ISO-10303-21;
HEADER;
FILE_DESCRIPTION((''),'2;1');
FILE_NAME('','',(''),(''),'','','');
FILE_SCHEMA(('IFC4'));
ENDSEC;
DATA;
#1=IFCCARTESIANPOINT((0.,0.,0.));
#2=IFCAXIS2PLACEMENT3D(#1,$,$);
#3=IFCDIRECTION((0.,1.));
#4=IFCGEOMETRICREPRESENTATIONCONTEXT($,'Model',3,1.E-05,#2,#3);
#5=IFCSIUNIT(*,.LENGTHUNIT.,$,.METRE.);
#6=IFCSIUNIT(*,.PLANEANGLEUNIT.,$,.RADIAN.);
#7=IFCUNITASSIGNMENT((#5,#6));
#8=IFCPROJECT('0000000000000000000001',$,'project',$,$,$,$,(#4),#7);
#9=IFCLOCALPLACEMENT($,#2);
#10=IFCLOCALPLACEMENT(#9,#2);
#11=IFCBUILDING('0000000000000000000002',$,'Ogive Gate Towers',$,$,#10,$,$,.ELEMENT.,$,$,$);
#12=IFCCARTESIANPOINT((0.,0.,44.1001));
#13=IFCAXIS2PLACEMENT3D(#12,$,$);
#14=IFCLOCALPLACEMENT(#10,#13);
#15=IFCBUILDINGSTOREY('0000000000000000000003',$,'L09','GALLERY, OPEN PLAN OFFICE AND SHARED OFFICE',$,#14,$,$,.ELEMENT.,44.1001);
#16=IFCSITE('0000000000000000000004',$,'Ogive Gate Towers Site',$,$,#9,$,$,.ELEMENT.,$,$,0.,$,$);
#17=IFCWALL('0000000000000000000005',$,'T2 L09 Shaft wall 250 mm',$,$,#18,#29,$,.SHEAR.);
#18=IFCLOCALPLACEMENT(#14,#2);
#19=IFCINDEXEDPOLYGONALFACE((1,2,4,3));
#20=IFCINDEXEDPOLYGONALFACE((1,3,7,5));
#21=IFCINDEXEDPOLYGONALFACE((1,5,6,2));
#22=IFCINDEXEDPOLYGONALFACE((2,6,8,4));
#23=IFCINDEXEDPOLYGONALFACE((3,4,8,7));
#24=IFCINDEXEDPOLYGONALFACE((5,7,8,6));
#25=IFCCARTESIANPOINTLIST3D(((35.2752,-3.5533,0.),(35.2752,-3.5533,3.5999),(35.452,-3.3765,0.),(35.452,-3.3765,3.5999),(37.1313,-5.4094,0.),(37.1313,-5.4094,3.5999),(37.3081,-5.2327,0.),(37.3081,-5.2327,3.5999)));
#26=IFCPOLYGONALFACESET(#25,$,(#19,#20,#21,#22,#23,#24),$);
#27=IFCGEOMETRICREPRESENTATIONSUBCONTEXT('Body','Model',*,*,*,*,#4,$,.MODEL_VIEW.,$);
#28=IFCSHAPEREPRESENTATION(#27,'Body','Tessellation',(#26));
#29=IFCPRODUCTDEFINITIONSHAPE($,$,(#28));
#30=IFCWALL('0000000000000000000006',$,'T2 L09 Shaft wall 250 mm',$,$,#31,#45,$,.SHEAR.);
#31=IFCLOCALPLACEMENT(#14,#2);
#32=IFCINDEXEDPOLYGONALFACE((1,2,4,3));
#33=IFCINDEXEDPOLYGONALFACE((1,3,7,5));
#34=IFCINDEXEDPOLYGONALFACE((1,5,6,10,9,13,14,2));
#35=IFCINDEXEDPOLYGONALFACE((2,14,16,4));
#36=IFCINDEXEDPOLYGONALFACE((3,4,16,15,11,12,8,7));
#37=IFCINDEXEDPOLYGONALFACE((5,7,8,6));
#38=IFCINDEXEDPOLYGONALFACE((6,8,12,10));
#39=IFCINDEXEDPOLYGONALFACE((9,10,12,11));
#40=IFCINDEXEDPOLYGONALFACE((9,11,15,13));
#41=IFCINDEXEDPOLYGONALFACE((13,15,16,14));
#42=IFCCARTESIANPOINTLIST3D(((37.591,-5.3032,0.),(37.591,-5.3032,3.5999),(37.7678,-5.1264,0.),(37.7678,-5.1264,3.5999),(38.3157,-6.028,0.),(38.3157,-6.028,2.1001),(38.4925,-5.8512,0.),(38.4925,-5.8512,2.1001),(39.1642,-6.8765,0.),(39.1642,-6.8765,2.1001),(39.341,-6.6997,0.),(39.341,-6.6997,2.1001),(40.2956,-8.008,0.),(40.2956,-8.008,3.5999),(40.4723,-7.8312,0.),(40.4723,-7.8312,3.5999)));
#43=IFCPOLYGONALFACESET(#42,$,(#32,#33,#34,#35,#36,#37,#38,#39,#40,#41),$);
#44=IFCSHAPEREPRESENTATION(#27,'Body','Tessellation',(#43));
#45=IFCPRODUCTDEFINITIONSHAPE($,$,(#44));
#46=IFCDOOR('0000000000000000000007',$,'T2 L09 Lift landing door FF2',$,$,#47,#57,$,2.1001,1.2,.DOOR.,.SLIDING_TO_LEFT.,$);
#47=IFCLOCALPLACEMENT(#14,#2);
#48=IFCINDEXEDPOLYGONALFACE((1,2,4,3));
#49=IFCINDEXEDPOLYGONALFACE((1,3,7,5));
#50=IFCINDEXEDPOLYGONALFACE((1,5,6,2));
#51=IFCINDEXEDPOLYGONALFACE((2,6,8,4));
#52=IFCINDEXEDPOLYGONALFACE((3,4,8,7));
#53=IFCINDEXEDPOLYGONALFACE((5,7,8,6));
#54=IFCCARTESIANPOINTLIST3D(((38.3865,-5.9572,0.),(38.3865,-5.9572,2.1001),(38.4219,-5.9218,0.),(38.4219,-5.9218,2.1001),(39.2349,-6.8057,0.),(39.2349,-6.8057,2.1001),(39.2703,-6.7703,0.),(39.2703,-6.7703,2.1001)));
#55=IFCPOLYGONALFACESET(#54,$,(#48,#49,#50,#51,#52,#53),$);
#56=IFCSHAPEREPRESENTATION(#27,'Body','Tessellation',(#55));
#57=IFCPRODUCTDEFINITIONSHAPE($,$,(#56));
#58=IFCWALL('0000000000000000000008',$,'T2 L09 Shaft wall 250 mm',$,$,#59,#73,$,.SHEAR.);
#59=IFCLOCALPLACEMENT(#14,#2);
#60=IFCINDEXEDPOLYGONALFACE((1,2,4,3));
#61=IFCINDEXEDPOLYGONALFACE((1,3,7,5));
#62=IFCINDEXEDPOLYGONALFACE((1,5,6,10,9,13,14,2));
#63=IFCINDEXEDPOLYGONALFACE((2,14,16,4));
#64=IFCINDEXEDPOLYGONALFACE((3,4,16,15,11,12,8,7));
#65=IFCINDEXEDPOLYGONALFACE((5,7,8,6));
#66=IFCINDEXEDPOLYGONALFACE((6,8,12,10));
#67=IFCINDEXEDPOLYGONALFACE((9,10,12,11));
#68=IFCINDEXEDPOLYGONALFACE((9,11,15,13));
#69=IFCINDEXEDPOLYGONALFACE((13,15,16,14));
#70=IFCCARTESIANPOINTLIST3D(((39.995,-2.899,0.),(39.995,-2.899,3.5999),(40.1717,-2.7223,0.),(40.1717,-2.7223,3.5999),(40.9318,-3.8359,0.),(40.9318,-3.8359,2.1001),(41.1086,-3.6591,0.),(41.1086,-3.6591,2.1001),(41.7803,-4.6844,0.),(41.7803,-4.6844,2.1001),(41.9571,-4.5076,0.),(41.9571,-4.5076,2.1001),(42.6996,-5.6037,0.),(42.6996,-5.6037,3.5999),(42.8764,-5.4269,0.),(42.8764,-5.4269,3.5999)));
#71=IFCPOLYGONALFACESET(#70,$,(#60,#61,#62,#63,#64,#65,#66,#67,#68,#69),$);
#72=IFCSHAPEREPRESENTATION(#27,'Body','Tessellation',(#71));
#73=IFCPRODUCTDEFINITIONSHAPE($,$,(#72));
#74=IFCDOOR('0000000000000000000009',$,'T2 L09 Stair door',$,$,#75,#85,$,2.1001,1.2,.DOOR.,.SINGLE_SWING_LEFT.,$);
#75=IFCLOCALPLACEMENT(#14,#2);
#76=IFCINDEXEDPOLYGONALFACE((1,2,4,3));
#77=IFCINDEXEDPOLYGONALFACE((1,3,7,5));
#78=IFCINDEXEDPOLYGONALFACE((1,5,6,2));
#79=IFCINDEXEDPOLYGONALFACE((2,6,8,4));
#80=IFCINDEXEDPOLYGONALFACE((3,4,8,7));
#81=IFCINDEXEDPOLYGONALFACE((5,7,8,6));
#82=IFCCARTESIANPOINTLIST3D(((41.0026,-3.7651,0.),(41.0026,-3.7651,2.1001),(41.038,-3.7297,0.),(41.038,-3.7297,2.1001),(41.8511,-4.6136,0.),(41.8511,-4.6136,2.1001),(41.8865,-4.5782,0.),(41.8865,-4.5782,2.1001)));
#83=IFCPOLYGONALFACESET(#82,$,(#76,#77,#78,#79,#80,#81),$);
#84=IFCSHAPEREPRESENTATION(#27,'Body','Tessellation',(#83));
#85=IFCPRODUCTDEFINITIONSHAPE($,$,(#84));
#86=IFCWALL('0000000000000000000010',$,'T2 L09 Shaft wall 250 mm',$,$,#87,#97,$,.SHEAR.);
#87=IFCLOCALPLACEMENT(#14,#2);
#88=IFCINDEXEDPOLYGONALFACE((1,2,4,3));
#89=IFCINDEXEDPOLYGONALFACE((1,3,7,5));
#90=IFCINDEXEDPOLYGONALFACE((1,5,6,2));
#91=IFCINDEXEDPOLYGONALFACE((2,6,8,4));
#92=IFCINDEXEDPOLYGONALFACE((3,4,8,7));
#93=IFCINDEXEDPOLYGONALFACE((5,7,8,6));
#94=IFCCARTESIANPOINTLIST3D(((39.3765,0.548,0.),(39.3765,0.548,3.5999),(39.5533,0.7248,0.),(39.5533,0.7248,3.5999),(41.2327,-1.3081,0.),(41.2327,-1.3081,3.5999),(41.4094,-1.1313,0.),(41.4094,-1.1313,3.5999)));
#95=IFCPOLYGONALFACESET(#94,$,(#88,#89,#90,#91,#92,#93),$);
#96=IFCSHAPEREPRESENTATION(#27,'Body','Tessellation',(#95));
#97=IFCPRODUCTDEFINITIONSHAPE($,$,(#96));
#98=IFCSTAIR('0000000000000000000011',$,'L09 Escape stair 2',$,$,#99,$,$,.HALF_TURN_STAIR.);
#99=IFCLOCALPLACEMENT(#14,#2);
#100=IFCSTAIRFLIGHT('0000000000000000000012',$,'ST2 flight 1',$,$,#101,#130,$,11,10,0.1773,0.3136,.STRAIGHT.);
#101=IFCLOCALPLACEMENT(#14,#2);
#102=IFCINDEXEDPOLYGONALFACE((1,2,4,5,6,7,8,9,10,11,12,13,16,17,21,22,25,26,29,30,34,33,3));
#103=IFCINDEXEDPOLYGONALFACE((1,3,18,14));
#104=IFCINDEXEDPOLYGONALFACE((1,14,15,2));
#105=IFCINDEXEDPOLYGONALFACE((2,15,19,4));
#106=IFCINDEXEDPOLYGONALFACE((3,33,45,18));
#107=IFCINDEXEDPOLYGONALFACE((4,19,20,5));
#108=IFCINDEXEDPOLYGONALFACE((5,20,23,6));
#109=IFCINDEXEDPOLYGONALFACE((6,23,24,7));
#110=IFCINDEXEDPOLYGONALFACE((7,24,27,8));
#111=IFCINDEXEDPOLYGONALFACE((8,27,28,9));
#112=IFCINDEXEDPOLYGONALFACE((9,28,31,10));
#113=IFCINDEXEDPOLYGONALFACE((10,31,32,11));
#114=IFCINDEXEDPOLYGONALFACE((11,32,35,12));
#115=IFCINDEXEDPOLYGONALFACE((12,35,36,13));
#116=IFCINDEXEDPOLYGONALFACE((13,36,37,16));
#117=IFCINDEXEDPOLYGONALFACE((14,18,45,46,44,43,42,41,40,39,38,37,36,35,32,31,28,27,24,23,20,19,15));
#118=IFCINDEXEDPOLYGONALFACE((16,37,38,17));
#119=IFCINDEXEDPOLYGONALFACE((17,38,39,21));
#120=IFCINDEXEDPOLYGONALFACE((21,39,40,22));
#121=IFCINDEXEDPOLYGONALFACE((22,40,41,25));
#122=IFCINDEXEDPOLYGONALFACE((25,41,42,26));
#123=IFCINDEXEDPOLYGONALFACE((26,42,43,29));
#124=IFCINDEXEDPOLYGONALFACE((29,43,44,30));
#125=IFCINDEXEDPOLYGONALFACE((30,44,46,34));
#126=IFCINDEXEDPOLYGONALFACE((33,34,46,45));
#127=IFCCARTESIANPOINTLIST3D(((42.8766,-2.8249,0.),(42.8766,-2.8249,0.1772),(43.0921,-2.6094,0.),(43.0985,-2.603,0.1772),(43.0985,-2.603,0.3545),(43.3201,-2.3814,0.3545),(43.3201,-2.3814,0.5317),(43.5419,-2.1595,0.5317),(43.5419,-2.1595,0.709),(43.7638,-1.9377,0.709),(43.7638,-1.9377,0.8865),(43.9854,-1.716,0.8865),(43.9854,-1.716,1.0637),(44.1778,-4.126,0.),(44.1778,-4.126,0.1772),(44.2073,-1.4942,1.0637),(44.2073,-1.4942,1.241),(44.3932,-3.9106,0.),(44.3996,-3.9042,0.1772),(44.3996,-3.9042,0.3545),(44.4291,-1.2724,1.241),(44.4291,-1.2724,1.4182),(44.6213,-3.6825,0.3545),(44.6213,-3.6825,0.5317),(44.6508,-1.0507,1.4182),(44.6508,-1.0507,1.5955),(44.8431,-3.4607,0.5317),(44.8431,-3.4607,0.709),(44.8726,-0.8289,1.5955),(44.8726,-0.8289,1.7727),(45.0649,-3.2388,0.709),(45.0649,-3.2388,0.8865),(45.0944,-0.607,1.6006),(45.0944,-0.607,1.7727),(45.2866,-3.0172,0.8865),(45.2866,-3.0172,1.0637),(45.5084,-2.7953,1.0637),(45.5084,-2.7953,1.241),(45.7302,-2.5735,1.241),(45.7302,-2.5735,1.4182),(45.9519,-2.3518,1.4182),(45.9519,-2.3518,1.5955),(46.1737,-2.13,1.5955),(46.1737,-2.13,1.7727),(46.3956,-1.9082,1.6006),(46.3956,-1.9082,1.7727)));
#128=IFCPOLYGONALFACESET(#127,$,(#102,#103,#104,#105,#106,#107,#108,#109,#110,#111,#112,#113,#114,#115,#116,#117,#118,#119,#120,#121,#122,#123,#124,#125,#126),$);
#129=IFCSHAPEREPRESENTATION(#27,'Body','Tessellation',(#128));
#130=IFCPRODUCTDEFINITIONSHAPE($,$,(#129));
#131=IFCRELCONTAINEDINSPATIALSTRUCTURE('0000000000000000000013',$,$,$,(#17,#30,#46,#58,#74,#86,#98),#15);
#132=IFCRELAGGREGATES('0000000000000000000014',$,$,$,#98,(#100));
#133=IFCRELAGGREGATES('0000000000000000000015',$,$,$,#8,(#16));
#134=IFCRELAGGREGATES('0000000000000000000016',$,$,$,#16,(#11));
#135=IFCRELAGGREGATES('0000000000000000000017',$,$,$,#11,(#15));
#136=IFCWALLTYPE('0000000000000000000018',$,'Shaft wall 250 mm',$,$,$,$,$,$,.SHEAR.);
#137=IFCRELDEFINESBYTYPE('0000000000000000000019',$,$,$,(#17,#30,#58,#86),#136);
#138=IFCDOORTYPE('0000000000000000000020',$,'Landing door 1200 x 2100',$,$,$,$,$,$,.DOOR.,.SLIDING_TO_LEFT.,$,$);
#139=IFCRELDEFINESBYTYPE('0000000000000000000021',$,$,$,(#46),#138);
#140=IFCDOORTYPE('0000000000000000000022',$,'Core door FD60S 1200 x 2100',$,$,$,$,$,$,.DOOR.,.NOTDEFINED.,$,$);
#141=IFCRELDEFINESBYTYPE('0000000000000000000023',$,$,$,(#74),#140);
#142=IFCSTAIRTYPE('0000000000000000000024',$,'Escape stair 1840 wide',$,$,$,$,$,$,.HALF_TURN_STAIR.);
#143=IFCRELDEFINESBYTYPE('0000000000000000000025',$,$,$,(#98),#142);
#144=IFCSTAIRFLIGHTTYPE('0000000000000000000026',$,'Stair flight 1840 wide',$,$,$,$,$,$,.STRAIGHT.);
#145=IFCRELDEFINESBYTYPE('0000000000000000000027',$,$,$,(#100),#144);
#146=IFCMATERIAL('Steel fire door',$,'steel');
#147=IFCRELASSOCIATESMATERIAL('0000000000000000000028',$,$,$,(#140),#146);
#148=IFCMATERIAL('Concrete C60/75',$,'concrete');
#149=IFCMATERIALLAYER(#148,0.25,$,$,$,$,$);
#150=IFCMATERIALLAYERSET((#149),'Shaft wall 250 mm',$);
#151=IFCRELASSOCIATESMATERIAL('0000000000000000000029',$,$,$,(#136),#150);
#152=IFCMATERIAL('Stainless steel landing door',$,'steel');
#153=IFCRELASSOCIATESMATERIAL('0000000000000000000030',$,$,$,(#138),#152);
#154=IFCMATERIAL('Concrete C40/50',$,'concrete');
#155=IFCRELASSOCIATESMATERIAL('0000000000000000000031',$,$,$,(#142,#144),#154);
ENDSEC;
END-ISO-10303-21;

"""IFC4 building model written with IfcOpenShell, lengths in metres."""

from ifc_helpers import new_model, si_unit, direction, frame, frame_2d, origin, place, context, subcontext, project, spatial, polyline, rectangle, outline, extrude, material, layer, layer_set, type_object, element, fill, aggregate, save


model = new_model("IFC4")

# Units and contexts
model_context = context("Model", 3, precision=1e-05, world=origin(), true_north=direction((0.0, 1.0)))
body_context = subcontext(model_context, "Body", "Model", "MODEL_VIEW")
ifc_project = project(units=[si_unit("LENGTHUNIT", "METRE"), si_unit("PLANEANGLEUNIT", "RADIAN")], contexts=[model_context])

# Site, building, storey
site_placement = place(None, origin())
site = spatial("IfcSite", under=ifc_project, at=site_placement, Name="Ogive Gate Towers Site", CompositionType="ELEMENT", RefElevation=0.0)
building_placement = place(site_placement, origin())
building = spatial("IfcBuilding", under=site, at=building_placement, Name="Ogive Gate Towers", CompositionType="ELEMENT")
storey_placement = place(building_placement, frame((0.0, 0.0, 44.1001)))
storey = spatial("IfcBuildingStorey", under=building, at=storey_placement, Name="L09", Description="GALLERY, OPEN PLAN OFFICE AND SHARED OFFICE", CompositionType="ELEMENT", Elevation=44.1001)

# Shared definitions
ifc_material_1 = material(Name="Concrete C60/75", Category="concrete")
ifc_material_2 = material(Name="Steel fire door", Category="steel")
door_type_1 = type_object("IfcDoorType", Name="Core door FD60S 1200 x 2100", OperationType="NOTDEFINED", PredefinedType="DOOR", material=ifc_material_2)

# Wall
ifc_layer_1 = layer(ifc_material_1, 0.25)
ifc_layer_set_1 = layer_set([ifc_layer_1], Name="Shaft wall 250 mm")
wall_type_1 = type_object("IfcWallType", Name="Shaft wall 250 mm", PredefinedType="SHEAR", material=ifc_layer_set_1)
wall_1_placement = place(storey_placement, frame((37.2197, -5.321, 0.0), z_axis=(0.0, 0.0, 1.0), x_axis=(-0.707107, 0.707107, 0.0)))
element("IfcWall", 1, at=wall_1_placement, inside=storey, type_object=wall_type_1, Name="T2 L09 Shaft wall 250 mm", PredefinedType="SHEAR", context=body_context, shape_type="SweptSolid", body=[
    extrude(rectangle(XDim=2.625, YDim=0.25, at=frame_2d((1.3125, 0.0))), origin(), (0.0, 0.0, 1.0), 3.5999),
])

# Walls, openings, doors
wall_2_placement = place(storey_placement, frame((40.384, -7.9197, 0.0), z_axis=(0.0, 0.0, 1.0), x_axis=(-0.707075, 0.707139, 0.0)))
wall_2 = element("IfcWall", 2, at=wall_2_placement, inside=storey, type_object=wall_type_1, Name="T2 L09 Shaft wall 250 mm", PredefinedType="SHEAR", context=body_context, shape_type="SweptSolid", body=[
    extrude(rectangle(XDim=3.825, YDim=0.25, at=frame_2d((1.9126, 0.0))), origin(), (0.0, 0.0, 1.0), 3.5999),
])
opening_1_placement = place(wall_2_placement, frame((1.6001, 0.0, 0.0)))
opening_1 = element("IfcOpeningElement", 3, at=opening_1_placement, cuts=wall_2, PredefinedType="OPENING", context=body_context, shape_type="SweptSolid", body=[
    extrude(rectangle(XDim=1.2, YDim=2.1001, at=frame_2d((0.6001, 1.05))), frame((0.0, 0.135, 0.0), z_axis=(0.0, -1.0, 0.0), x_axis=(1.0, 0.0, 0.0)), (0.0, 0.0, 1.0), 0.27),
])
ifc_material_3 = material(Name="Stainless steel landing door", Category="steel")
door_type_2 = type_object("IfcDoorType", Name="Landing door 1200 x 2100", OperationType="SLIDING_TO_LEFT", PredefinedType="DOOR", material=ifc_material_3)
door_1_placement = place(opening_1_placement, origin())
door_1 = element("IfcDoor", 4, at=door_1_placement, inside=storey, type_object=door_type_2, Name="T2 L09 Lift landing door FF2", OperationType="SLIDING_TO_LEFT", OverallHeight=2.1001, OverallWidth=1.2, PredefinedType="DOOR", context=body_context, shape_type="SweptSolid", body=[
    extrude(rectangle(XDim=1.2, YDim=2.1001, at=frame_2d((0.6001, 1.05))), frame((0.0, 0.0249, 0.0), z_axis=(0.0, -1.0, 0.0), x_axis=(1.0, 0.0, 0.0)), (0.0, 0.0, 1.0), 0.05),
])
fill(opening_1, door_1)
wall_3_placement = place(storey_placement, frame((42.7881, -5.5154, 0.0), z_axis=(0.0, 0.0, 1.0), x_axis=(-0.707107, 0.707107, 0.0)))
wall_3 = element("IfcWall", 5, at=wall_3_placement, inside=storey, type_object=wall_type_1, Name="T2 L09 Shaft wall 250 mm", PredefinedType="SHEAR", context=body_context, shape_type="SweptSolid", body=[
    extrude(rectangle(XDim=3.825, YDim=0.25, at=frame_2d((1.9126, 0.0))), origin(), (0.0, 0.0, 1.0), 3.5999),
])
opening_2_placement = place(wall_3_placement, frame((1.3, 0.0, 0.0)))
opening_2 = element("IfcOpeningElement", 6, at=opening_2_placement, cuts=wall_3, PredefinedType="OPENING", context=body_context, shape_type="SweptSolid", body=[
    extrude(rectangle(XDim=1.2, YDim=2.1001, at=frame_2d((0.6001, 1.05))), frame((0.0, 0.135, 0.0), z_axis=(0.0, -1.0, 0.0), x_axis=(1.0, 0.0, 0.0)), (0.0, 0.0, 1.0), 0.27),
])
door_2_placement = place(opening_2_placement, origin())
door_2 = element("IfcDoor", 7, at=door_2_placement, inside=storey, type_object=door_type_1, Name="T2 L09 Stair door", OperationType="SINGLE_SWING_LEFT", OverallHeight=2.1001, OverallWidth=1.2, PredefinedType="DOOR", context=body_context, shape_type="SweptSolid", body=[
    extrude(rectangle(XDim=1.2, YDim=2.1001, at=frame_2d((0.6001, 1.05))), frame((0.0, 0.0249, 0.0), z_axis=(0.0, -1.0, 0.0), x_axis=(1.0, 0.0, 0.0)), (0.0, 0.0, 1.0), 0.05),
])
fill(opening_2, door_2)

# Wall
wall_4_placement = place(storey_placement, frame((41.321, -1.2197, 0.0), z_axis=(0.0, 0.0, 1.0), x_axis=(-0.707107, 0.707107, 0.0)))
element("IfcWall", 8, at=wall_4_placement, inside=storey, type_object=wall_type_1, Name="T2 L09 Shaft wall 250 mm", PredefinedType="SHEAR", context=body_context, shape_type="SweptSolid", body=[
    extrude(rectangle(XDim=2.625, YDim=0.25, at=frame_2d((1.3125, 0.0))), origin(), (0.0, 0.0, 1.0), 3.5999),
])

# Stair, stair flight
ifc_material_4 = material(Name="Concrete C40/50", Category="concrete")
stair_type = type_object("IfcStairType", Name="Escape stair 1840 wide", PredefinedType="HALF_TURN_STAIR", material=ifc_material_4)
stair_placement = place(storey_placement, origin())
stair = element("IfcStair", 9, at=stair_placement, inside=storey, type_object=stair_type, Name="L09 Escape stair 2", PredefinedType="HALF_TURN_STAIR")
stair_flight_type = type_object("IfcStairFlightType", Name="Stair flight 1840 wide", PredefinedType="STRAIGHT", material=ifc_material_4)
stair_flight_placement = place(storey_placement, frame((43.5271, -3.4753, 0.0), z_axis=(0.0, 0.0, 1.0), x_axis=(0.707107, 0.707107, 0.0)))
stair_flight = element("IfcStairFlight", 10, at=stair_flight_placement, type_object=stair_flight_type, Name="ST2 flight 1", NumberOfRisers=11, NumberOfTreads=10, PredefinedType="STRAIGHT", RiserHeight=0.1773, TreadLength=0.3136, context=body_context, shape_type="SweptSolid", body=[
    extrude(outline(polyline([(0.0, 0.0), (0.0, 0.1772), (0.3137, 0.1772), (0.3137, 0.3545), (0.6272, 0.3545), (0.6272, 0.5317), (0.9409, 0.5317), (0.9409, 0.709), (1.2546, 0.709), (1.2546, 0.8865), (1.5681, 0.8865), (1.5681, 1.0637), (1.8818, 1.0637), (1.8818, 1.241), (2.1956, 1.241), (2.1956, 1.4182), (2.509, 1.4182), (2.509, 1.5955), (2.8228, 1.5955), (2.8228, 1.7727), (3.1365, 1.7727), (3.1365, 1.95), (3.1365, 1.6006), (0.3047, 0.0), (0.0, 0.0)])), frame((0.0, 0.9199, 0.0), z_axis=(0.0, -1.0, 0.0), x_axis=(1.0, 0.0, 0.0)), (0.0, 0.0, 1.0), 1.8401),
])
aggregate(stair, [stair_flight])

save(model, "model.ifc")
